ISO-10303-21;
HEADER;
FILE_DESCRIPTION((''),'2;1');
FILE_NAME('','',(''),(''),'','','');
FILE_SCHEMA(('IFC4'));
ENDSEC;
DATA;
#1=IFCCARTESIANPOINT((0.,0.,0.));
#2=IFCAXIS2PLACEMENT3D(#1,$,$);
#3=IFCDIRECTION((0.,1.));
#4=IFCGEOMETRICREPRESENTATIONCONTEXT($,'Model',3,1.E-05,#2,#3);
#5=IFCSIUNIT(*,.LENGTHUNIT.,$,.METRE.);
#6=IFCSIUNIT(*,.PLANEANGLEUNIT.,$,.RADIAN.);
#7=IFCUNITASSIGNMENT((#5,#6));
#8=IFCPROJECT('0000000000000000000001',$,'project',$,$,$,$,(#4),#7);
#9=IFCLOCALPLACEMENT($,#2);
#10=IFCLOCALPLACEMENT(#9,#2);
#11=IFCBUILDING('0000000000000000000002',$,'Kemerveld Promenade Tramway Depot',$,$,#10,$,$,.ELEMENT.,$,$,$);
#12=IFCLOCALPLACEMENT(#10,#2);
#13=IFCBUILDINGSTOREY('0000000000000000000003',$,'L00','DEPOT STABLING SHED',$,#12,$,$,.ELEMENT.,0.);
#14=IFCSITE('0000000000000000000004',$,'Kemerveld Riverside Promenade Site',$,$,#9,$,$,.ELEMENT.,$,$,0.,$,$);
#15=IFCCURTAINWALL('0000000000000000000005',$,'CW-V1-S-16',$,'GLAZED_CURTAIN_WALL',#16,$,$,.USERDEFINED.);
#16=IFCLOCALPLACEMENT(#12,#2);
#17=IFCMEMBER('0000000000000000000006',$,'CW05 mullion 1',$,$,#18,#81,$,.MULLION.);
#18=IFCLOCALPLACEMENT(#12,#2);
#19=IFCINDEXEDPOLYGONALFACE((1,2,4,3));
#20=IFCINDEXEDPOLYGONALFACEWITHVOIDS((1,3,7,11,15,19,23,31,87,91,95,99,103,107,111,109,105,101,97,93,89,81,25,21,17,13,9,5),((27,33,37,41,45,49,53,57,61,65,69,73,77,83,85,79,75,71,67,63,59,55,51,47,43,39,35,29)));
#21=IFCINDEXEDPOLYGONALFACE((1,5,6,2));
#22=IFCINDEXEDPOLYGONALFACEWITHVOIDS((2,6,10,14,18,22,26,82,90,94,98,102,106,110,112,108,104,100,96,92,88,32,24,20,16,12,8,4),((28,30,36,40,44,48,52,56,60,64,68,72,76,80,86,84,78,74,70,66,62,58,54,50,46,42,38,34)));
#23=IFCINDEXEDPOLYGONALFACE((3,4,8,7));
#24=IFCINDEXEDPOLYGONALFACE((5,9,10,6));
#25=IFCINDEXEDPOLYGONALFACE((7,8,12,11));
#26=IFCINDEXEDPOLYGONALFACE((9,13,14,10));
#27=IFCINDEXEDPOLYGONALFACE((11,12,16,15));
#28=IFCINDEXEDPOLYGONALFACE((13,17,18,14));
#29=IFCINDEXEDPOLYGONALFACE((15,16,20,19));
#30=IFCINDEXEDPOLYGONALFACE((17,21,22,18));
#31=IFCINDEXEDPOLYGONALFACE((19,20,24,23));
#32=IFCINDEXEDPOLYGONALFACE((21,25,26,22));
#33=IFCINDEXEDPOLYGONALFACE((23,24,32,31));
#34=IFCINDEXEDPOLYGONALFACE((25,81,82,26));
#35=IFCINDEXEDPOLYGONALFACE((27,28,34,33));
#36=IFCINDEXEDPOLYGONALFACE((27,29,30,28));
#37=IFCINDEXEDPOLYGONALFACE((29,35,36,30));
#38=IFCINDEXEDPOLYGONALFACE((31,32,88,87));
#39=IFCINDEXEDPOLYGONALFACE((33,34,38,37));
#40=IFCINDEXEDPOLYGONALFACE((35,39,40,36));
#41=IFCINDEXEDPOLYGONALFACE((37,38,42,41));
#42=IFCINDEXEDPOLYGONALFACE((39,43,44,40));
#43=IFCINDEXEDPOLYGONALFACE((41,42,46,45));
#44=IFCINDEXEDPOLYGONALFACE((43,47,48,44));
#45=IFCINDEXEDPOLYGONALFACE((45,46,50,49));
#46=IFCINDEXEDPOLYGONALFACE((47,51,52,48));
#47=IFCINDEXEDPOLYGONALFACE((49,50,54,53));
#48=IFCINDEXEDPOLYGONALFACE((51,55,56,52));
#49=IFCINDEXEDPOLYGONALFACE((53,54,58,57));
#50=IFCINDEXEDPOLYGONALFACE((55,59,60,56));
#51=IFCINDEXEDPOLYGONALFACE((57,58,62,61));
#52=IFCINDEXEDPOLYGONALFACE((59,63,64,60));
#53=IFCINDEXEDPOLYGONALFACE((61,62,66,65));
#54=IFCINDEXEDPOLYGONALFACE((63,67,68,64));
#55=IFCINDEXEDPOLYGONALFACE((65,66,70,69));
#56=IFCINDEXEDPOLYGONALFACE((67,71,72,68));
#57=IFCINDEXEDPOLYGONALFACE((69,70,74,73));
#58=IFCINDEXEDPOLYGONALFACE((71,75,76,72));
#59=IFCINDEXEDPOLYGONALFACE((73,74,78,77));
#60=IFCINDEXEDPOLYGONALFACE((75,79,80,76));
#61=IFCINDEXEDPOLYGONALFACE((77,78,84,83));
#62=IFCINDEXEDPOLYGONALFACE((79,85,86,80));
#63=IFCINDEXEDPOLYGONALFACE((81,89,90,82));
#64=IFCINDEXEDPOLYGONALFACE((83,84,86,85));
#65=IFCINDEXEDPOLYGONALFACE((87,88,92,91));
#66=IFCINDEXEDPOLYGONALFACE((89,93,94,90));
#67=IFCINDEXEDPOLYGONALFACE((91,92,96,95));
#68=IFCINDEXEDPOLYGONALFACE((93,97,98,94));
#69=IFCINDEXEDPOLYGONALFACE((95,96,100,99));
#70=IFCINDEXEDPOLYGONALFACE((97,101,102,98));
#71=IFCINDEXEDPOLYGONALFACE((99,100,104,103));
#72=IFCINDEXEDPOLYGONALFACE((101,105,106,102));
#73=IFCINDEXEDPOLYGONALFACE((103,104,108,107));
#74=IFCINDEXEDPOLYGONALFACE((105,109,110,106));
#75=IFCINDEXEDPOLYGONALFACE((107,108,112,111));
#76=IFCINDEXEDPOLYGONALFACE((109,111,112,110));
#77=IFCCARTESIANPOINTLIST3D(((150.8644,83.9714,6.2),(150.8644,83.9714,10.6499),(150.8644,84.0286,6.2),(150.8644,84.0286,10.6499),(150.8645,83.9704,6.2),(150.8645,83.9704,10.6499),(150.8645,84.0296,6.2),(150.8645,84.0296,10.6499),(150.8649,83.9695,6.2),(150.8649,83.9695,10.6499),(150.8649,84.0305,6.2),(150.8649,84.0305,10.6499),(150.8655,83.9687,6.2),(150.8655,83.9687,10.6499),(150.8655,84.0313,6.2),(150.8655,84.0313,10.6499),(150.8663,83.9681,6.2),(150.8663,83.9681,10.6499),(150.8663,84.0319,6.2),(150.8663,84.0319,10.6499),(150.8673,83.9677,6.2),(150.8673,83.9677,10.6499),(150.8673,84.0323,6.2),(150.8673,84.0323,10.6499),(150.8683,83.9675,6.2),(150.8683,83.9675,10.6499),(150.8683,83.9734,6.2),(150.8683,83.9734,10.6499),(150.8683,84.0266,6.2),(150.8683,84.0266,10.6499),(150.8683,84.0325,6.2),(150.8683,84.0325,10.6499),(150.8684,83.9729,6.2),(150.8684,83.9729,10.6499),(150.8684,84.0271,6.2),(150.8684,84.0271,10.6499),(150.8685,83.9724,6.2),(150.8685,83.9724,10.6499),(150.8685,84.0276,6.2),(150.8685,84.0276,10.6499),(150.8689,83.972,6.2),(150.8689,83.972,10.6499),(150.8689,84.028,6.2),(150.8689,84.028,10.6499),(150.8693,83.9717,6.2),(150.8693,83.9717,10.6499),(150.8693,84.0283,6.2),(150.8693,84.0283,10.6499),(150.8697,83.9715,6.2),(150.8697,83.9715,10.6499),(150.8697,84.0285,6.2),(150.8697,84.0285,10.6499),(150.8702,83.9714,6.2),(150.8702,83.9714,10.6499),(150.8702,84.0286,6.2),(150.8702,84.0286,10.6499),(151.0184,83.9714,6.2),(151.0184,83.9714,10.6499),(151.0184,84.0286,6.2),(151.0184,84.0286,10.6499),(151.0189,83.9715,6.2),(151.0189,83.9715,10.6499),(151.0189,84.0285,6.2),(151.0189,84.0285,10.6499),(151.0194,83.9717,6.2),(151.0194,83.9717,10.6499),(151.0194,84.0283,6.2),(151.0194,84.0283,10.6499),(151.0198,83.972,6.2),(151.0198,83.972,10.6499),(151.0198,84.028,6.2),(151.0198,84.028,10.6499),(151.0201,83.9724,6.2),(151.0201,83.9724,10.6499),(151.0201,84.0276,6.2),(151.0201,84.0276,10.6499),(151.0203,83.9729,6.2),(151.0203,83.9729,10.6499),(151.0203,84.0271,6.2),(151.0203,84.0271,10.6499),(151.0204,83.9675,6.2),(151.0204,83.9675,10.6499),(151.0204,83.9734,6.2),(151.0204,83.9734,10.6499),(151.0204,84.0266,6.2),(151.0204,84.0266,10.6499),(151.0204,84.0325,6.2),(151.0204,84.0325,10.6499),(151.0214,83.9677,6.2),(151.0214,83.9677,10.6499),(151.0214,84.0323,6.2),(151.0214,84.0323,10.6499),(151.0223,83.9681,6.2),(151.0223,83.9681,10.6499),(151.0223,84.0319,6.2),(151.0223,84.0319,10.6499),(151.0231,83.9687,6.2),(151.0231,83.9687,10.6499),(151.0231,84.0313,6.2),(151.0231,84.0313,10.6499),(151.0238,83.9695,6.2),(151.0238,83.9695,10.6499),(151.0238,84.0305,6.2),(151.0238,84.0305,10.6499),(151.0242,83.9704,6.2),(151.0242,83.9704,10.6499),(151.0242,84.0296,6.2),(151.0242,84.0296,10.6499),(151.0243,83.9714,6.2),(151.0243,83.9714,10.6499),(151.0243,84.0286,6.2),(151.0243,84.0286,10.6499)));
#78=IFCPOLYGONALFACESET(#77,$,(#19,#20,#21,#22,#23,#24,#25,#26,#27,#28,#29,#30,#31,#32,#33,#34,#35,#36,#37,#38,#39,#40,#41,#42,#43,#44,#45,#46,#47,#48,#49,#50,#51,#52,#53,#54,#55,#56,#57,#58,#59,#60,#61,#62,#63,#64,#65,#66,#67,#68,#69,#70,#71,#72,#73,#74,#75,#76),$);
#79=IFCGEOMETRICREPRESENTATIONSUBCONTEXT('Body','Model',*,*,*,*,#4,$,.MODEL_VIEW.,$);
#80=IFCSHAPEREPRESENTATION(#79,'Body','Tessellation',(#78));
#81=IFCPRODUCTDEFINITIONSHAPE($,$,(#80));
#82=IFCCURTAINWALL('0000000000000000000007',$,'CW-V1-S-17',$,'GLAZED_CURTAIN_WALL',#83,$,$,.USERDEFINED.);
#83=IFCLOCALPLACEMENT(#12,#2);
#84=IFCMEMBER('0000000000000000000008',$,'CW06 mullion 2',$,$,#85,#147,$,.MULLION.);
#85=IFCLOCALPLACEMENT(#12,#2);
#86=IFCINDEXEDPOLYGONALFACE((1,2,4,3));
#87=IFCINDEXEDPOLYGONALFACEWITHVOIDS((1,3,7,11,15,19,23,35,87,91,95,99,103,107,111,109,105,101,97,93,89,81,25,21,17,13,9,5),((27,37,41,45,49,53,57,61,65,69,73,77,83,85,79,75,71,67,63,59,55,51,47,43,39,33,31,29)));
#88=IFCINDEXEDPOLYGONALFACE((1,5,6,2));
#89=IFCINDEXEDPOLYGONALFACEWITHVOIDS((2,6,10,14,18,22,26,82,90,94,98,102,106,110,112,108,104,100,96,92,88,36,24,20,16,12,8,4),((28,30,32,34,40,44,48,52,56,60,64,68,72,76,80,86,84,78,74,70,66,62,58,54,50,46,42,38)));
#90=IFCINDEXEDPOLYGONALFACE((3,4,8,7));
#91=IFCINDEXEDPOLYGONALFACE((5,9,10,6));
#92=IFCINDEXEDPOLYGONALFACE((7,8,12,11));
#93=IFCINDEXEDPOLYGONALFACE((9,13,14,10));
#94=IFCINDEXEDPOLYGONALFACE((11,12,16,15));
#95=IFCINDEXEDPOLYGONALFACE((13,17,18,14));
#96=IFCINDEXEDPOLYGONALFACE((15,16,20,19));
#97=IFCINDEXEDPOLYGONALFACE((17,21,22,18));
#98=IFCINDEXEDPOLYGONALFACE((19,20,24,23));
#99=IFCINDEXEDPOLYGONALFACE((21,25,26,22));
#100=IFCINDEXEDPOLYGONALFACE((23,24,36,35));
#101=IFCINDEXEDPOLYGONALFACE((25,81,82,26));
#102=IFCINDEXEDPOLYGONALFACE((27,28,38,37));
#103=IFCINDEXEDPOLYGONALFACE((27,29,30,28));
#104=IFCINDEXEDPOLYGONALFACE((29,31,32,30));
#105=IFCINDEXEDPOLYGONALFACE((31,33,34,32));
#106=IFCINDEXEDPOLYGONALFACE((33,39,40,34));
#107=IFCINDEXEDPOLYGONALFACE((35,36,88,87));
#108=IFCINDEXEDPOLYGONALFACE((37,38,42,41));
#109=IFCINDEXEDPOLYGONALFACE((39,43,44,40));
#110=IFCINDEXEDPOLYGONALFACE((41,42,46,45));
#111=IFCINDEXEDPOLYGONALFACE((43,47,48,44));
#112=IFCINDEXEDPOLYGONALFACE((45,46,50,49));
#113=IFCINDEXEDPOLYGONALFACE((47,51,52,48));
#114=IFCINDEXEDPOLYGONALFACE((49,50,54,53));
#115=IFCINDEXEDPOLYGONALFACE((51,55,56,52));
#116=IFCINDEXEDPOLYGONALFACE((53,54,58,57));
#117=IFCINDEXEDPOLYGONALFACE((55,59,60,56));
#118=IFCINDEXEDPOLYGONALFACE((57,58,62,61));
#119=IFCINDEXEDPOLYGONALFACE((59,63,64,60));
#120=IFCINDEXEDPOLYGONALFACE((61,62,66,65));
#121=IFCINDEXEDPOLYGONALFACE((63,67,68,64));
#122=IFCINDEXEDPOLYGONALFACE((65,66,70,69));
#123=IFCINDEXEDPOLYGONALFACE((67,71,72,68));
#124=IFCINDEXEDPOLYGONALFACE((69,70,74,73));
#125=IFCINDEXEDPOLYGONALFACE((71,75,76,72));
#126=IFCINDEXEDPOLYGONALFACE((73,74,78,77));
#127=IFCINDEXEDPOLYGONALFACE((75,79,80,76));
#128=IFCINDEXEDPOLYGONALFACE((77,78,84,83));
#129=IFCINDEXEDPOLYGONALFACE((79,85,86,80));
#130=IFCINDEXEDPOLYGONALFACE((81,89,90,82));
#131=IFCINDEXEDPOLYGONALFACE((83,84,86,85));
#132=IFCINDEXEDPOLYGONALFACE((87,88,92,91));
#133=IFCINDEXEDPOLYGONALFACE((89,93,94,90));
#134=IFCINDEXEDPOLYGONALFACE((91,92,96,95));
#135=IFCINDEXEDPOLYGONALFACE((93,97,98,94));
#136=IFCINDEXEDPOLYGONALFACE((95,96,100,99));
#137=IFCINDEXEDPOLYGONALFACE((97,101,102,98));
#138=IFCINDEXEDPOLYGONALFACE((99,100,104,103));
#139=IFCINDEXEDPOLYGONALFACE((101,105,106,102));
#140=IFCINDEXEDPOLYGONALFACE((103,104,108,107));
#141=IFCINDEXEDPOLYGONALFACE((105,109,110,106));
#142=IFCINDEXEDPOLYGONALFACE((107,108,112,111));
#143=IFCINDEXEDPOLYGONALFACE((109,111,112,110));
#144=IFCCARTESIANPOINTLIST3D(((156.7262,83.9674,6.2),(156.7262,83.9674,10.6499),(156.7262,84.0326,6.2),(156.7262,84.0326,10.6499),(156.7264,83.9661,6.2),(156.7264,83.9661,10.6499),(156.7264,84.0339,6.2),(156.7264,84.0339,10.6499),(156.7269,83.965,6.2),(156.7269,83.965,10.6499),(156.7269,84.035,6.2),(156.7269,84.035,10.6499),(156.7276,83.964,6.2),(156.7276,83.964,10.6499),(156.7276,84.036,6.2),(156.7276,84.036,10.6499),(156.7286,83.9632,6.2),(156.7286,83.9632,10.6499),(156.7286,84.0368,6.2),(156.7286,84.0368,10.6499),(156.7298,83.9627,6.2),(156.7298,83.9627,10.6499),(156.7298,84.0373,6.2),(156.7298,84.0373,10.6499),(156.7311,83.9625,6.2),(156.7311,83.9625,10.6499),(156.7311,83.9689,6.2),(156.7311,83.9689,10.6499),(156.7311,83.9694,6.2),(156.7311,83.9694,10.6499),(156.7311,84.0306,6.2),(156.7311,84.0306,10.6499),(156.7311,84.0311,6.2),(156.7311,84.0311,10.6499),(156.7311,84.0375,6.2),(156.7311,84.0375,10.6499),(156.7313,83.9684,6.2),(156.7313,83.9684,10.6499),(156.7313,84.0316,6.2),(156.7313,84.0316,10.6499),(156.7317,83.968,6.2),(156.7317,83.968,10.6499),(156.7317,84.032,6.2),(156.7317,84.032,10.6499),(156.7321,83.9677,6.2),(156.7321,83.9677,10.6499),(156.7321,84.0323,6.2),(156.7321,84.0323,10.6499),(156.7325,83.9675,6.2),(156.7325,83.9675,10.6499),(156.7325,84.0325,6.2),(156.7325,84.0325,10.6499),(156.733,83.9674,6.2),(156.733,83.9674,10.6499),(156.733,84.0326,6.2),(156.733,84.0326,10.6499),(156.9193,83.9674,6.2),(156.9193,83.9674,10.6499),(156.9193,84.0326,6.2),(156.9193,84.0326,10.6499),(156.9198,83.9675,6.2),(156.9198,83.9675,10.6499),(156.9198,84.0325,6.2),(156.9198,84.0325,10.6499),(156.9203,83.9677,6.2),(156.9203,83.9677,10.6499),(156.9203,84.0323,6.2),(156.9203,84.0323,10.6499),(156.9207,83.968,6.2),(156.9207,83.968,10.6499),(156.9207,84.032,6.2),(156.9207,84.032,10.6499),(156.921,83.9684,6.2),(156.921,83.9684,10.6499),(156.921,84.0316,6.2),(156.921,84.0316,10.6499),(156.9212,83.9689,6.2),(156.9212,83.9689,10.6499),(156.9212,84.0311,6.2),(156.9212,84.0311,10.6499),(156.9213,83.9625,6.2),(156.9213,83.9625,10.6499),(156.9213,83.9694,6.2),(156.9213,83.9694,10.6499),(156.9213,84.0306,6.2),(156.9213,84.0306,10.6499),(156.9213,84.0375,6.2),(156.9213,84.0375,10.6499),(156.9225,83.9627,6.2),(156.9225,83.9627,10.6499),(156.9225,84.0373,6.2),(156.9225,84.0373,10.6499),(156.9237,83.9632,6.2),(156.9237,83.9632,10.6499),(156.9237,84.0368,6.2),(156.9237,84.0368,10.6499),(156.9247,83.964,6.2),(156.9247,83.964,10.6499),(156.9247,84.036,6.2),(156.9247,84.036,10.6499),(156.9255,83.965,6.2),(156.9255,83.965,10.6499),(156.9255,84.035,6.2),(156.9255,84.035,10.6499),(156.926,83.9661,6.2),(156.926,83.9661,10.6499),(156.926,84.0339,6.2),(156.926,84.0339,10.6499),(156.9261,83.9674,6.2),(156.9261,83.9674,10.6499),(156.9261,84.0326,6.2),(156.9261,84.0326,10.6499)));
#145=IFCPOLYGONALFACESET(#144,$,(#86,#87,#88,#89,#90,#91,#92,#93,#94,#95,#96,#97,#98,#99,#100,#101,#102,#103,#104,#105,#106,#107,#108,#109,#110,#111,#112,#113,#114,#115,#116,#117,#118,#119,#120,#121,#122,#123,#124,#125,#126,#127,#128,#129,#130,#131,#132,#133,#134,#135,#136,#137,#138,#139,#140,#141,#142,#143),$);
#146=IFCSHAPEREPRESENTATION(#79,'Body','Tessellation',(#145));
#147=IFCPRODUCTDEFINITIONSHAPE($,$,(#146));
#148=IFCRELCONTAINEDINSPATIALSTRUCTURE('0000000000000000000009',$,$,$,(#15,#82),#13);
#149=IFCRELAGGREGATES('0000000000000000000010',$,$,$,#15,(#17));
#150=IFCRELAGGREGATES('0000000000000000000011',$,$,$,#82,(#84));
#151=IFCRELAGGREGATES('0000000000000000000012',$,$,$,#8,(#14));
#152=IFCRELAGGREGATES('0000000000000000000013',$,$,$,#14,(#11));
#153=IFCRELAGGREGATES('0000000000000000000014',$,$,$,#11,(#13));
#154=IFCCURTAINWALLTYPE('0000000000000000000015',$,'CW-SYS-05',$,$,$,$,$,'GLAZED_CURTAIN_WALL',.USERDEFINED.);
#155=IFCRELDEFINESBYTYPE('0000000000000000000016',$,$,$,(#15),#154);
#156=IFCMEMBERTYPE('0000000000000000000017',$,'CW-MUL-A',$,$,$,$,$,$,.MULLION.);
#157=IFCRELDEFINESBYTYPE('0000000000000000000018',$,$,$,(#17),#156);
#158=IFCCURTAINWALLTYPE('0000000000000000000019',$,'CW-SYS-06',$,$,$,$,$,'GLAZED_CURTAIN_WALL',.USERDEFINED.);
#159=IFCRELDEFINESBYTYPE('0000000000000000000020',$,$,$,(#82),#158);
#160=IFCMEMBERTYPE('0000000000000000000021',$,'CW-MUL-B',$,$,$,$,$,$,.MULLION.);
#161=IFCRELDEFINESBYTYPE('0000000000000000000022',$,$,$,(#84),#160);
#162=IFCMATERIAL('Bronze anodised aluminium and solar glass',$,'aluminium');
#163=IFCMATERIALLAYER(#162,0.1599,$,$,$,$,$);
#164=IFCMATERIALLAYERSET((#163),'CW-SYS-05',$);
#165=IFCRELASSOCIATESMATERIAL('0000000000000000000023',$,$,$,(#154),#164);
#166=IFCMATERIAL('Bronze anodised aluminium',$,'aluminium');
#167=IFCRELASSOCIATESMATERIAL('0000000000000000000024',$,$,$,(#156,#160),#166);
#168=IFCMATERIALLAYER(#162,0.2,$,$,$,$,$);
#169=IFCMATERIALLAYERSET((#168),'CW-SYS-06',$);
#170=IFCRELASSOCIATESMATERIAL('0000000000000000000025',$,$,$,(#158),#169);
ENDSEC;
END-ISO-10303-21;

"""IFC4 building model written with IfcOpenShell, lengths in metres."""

from ifc_helpers import new_model, si_unit, direction, frame, origin, origin_2d, place, context, subcontext, project, spatial, hollow_rectangle, extrude, material, layer, layer_set, material_profile, profile_set, type_object, element, aggregate, save


model = new_model("IFC4")

# Units and contexts
model_context = context("Model", 3, precision=1e-05, world=origin(), true_north=direction((0.0, 1.0)))
body_context = subcontext(model_context, "Body", "Model", "MODEL_VIEW")
ifc_project = project(units=[si_unit("LENGTHUNIT", "METRE"), si_unit("PLANEANGLEUNIT", "RADIAN")], contexts=[model_context])

# Site, building, storey
site_placement = place(None, origin())
site = spatial("IfcSite", under=ifc_project, at=site_placement, Name="Kemerveld Riverside Promenade Site", CompositionType="ELEMENT", RefElevation=0.0)
building_placement = place(site_placement, origin())
building = spatial("IfcBuilding", under=site, at=building_placement, Name="Kemerveld Promenade Tramway Depot", CompositionType="ELEMENT")
storey_placement = place(building_placement, origin())
storey = spatial("IfcBuildingStorey", under=building, at=storey_placement, Name="L00", Description="DEPOT STABLING SHED", CompositionType="ELEMENT", Elevation=0.0)

# Curtain wall, member
ifc_material_1 = material(Name="Bronze anodised aluminium and solar glass", Category="aluminium")
ifc_layer_1 = layer(ifc_material_1, 0.1599)
ifc_layer_set_1 = layer_set([ifc_layer_1], Name="CW-SYS-05")
curtain_wall_type_1 = type_object("IfcCurtainWallType", Name="CW-SYS-05", ElementType="GLAZED_CURTAIN_WALL", PredefinedType="USERDEFINED", material=ifc_layer_set_1)
curtain_wall_1_placement = place(storey_placement, origin())
curtain_wall_1 = element("IfcCurtainWall", 1, at=curtain_wall_1_placement, inside=storey, type_object=curtain_wall_type_1, Name="CW-V1-S-16", ObjectType="GLAZED_CURTAIN_WALL", PredefinedType="USERDEFINED")
ifc_material_2 = material(Name="Bronze anodised aluminium", Category="aluminium")
ifc_material_profile_1 = material_profile(ifc_material_2, hollow_rectangle(XDim=0.0649, YDim=0.1599, WallThickness=0.0039, InnerFilletRadius=0.002, OuterFilletRadius=0.0039, at=origin_2d()), Name="CW-MUL-160x65")
ifc_profile_set_1 = profile_set([ifc_material_profile_1], Name="Bronze anodised aluminium")
member_type_1 = type_object("IfcMemberType", Name="CW-MUL-A", PredefinedType="MULLION", material=ifc_profile_set_1)
member_1_placement = place(storey_placement, frame((150.9443, 84.0, 6.2), z_axis=(0.0, 0.0, 1.0), x_axis=(0.0, -1.0, 0.0)))
member_1 = element("IfcMember", 2, at=member_1_placement, type_object=member_type_1, Name="CW05 mullion 1", PredefinedType="MULLION", context=body_context, shape_type="SweptSolid", body=[
    extrude(hollow_rectangle(XDim=0.0649, YDim=0.1599, WallThickness=0.0039, InnerFilletRadius=0.002, OuterFilletRadius=0.0039, at=origin_2d()), origin(), (0.0, 0.0, 1.0), 4.45),
])

# Curtain wall, member
ifc_layer_2 = layer(ifc_material_1, 0.2)
ifc_layer_set_2 = layer_set([ifc_layer_2], Name="CW-SYS-06")
curtain_wall_type_2 = type_object("IfcCurtainWallType", Name="CW-SYS-06", ElementType="GLAZED_CURTAIN_WALL", PredefinedType="USERDEFINED", material=ifc_layer_set_2)
curtain_wall_2_placement = place(storey_placement, origin())
curtain_wall_2 = element("IfcCurtainWall", 3, at=curtain_wall_2_placement, inside=storey, type_object=curtain_wall_type_2, Name="CW-V1-S-17", ObjectType="GLAZED_CURTAIN_WALL", PredefinedType="USERDEFINED")
ifc_material_profile_2 = material_profile(ifc_material_2, hollow_rectangle(XDim=0.075, YDim=0.2, WallThickness=0.0049, InnerFilletRadius=0.002, OuterFilletRadius=0.0049, at=origin_2d()), Name="CW-MUL-200x75")
ifc_profile_set_2 = profile_set([ifc_material_profile_2], Name="Bronze anodised aluminium")
member_type_2 = type_object("IfcMemberType", Name="CW-MUL-B", PredefinedType="MULLION", material=ifc_profile_set_2)
member_2_placement = place(storey_placement, frame((156.8262, 84.0, 6.2), z_axis=(0.0, 0.0, 1.0), x_axis=(0.0, -1.0, 0.0)))
member_2 = element("IfcMember", 4, at=member_2_placement, type_object=member_type_2, Name="CW06 mullion 2", PredefinedType="MULLION", context=body_context, shape_type="SweptSolid", body=[
    extrude(hollow_rectangle(XDim=0.075, YDim=0.2, WallThickness=0.0049, InnerFilletRadius=0.002, OuterFilletRadius=0.0049, at=origin_2d()), origin(), (0.0, 0.0, 1.0), 4.45),
])

aggregate(curtain_wall_1, [member_1])

aggregate(curtain_wall_2, [member_2])

save(model, "model.ifc")
